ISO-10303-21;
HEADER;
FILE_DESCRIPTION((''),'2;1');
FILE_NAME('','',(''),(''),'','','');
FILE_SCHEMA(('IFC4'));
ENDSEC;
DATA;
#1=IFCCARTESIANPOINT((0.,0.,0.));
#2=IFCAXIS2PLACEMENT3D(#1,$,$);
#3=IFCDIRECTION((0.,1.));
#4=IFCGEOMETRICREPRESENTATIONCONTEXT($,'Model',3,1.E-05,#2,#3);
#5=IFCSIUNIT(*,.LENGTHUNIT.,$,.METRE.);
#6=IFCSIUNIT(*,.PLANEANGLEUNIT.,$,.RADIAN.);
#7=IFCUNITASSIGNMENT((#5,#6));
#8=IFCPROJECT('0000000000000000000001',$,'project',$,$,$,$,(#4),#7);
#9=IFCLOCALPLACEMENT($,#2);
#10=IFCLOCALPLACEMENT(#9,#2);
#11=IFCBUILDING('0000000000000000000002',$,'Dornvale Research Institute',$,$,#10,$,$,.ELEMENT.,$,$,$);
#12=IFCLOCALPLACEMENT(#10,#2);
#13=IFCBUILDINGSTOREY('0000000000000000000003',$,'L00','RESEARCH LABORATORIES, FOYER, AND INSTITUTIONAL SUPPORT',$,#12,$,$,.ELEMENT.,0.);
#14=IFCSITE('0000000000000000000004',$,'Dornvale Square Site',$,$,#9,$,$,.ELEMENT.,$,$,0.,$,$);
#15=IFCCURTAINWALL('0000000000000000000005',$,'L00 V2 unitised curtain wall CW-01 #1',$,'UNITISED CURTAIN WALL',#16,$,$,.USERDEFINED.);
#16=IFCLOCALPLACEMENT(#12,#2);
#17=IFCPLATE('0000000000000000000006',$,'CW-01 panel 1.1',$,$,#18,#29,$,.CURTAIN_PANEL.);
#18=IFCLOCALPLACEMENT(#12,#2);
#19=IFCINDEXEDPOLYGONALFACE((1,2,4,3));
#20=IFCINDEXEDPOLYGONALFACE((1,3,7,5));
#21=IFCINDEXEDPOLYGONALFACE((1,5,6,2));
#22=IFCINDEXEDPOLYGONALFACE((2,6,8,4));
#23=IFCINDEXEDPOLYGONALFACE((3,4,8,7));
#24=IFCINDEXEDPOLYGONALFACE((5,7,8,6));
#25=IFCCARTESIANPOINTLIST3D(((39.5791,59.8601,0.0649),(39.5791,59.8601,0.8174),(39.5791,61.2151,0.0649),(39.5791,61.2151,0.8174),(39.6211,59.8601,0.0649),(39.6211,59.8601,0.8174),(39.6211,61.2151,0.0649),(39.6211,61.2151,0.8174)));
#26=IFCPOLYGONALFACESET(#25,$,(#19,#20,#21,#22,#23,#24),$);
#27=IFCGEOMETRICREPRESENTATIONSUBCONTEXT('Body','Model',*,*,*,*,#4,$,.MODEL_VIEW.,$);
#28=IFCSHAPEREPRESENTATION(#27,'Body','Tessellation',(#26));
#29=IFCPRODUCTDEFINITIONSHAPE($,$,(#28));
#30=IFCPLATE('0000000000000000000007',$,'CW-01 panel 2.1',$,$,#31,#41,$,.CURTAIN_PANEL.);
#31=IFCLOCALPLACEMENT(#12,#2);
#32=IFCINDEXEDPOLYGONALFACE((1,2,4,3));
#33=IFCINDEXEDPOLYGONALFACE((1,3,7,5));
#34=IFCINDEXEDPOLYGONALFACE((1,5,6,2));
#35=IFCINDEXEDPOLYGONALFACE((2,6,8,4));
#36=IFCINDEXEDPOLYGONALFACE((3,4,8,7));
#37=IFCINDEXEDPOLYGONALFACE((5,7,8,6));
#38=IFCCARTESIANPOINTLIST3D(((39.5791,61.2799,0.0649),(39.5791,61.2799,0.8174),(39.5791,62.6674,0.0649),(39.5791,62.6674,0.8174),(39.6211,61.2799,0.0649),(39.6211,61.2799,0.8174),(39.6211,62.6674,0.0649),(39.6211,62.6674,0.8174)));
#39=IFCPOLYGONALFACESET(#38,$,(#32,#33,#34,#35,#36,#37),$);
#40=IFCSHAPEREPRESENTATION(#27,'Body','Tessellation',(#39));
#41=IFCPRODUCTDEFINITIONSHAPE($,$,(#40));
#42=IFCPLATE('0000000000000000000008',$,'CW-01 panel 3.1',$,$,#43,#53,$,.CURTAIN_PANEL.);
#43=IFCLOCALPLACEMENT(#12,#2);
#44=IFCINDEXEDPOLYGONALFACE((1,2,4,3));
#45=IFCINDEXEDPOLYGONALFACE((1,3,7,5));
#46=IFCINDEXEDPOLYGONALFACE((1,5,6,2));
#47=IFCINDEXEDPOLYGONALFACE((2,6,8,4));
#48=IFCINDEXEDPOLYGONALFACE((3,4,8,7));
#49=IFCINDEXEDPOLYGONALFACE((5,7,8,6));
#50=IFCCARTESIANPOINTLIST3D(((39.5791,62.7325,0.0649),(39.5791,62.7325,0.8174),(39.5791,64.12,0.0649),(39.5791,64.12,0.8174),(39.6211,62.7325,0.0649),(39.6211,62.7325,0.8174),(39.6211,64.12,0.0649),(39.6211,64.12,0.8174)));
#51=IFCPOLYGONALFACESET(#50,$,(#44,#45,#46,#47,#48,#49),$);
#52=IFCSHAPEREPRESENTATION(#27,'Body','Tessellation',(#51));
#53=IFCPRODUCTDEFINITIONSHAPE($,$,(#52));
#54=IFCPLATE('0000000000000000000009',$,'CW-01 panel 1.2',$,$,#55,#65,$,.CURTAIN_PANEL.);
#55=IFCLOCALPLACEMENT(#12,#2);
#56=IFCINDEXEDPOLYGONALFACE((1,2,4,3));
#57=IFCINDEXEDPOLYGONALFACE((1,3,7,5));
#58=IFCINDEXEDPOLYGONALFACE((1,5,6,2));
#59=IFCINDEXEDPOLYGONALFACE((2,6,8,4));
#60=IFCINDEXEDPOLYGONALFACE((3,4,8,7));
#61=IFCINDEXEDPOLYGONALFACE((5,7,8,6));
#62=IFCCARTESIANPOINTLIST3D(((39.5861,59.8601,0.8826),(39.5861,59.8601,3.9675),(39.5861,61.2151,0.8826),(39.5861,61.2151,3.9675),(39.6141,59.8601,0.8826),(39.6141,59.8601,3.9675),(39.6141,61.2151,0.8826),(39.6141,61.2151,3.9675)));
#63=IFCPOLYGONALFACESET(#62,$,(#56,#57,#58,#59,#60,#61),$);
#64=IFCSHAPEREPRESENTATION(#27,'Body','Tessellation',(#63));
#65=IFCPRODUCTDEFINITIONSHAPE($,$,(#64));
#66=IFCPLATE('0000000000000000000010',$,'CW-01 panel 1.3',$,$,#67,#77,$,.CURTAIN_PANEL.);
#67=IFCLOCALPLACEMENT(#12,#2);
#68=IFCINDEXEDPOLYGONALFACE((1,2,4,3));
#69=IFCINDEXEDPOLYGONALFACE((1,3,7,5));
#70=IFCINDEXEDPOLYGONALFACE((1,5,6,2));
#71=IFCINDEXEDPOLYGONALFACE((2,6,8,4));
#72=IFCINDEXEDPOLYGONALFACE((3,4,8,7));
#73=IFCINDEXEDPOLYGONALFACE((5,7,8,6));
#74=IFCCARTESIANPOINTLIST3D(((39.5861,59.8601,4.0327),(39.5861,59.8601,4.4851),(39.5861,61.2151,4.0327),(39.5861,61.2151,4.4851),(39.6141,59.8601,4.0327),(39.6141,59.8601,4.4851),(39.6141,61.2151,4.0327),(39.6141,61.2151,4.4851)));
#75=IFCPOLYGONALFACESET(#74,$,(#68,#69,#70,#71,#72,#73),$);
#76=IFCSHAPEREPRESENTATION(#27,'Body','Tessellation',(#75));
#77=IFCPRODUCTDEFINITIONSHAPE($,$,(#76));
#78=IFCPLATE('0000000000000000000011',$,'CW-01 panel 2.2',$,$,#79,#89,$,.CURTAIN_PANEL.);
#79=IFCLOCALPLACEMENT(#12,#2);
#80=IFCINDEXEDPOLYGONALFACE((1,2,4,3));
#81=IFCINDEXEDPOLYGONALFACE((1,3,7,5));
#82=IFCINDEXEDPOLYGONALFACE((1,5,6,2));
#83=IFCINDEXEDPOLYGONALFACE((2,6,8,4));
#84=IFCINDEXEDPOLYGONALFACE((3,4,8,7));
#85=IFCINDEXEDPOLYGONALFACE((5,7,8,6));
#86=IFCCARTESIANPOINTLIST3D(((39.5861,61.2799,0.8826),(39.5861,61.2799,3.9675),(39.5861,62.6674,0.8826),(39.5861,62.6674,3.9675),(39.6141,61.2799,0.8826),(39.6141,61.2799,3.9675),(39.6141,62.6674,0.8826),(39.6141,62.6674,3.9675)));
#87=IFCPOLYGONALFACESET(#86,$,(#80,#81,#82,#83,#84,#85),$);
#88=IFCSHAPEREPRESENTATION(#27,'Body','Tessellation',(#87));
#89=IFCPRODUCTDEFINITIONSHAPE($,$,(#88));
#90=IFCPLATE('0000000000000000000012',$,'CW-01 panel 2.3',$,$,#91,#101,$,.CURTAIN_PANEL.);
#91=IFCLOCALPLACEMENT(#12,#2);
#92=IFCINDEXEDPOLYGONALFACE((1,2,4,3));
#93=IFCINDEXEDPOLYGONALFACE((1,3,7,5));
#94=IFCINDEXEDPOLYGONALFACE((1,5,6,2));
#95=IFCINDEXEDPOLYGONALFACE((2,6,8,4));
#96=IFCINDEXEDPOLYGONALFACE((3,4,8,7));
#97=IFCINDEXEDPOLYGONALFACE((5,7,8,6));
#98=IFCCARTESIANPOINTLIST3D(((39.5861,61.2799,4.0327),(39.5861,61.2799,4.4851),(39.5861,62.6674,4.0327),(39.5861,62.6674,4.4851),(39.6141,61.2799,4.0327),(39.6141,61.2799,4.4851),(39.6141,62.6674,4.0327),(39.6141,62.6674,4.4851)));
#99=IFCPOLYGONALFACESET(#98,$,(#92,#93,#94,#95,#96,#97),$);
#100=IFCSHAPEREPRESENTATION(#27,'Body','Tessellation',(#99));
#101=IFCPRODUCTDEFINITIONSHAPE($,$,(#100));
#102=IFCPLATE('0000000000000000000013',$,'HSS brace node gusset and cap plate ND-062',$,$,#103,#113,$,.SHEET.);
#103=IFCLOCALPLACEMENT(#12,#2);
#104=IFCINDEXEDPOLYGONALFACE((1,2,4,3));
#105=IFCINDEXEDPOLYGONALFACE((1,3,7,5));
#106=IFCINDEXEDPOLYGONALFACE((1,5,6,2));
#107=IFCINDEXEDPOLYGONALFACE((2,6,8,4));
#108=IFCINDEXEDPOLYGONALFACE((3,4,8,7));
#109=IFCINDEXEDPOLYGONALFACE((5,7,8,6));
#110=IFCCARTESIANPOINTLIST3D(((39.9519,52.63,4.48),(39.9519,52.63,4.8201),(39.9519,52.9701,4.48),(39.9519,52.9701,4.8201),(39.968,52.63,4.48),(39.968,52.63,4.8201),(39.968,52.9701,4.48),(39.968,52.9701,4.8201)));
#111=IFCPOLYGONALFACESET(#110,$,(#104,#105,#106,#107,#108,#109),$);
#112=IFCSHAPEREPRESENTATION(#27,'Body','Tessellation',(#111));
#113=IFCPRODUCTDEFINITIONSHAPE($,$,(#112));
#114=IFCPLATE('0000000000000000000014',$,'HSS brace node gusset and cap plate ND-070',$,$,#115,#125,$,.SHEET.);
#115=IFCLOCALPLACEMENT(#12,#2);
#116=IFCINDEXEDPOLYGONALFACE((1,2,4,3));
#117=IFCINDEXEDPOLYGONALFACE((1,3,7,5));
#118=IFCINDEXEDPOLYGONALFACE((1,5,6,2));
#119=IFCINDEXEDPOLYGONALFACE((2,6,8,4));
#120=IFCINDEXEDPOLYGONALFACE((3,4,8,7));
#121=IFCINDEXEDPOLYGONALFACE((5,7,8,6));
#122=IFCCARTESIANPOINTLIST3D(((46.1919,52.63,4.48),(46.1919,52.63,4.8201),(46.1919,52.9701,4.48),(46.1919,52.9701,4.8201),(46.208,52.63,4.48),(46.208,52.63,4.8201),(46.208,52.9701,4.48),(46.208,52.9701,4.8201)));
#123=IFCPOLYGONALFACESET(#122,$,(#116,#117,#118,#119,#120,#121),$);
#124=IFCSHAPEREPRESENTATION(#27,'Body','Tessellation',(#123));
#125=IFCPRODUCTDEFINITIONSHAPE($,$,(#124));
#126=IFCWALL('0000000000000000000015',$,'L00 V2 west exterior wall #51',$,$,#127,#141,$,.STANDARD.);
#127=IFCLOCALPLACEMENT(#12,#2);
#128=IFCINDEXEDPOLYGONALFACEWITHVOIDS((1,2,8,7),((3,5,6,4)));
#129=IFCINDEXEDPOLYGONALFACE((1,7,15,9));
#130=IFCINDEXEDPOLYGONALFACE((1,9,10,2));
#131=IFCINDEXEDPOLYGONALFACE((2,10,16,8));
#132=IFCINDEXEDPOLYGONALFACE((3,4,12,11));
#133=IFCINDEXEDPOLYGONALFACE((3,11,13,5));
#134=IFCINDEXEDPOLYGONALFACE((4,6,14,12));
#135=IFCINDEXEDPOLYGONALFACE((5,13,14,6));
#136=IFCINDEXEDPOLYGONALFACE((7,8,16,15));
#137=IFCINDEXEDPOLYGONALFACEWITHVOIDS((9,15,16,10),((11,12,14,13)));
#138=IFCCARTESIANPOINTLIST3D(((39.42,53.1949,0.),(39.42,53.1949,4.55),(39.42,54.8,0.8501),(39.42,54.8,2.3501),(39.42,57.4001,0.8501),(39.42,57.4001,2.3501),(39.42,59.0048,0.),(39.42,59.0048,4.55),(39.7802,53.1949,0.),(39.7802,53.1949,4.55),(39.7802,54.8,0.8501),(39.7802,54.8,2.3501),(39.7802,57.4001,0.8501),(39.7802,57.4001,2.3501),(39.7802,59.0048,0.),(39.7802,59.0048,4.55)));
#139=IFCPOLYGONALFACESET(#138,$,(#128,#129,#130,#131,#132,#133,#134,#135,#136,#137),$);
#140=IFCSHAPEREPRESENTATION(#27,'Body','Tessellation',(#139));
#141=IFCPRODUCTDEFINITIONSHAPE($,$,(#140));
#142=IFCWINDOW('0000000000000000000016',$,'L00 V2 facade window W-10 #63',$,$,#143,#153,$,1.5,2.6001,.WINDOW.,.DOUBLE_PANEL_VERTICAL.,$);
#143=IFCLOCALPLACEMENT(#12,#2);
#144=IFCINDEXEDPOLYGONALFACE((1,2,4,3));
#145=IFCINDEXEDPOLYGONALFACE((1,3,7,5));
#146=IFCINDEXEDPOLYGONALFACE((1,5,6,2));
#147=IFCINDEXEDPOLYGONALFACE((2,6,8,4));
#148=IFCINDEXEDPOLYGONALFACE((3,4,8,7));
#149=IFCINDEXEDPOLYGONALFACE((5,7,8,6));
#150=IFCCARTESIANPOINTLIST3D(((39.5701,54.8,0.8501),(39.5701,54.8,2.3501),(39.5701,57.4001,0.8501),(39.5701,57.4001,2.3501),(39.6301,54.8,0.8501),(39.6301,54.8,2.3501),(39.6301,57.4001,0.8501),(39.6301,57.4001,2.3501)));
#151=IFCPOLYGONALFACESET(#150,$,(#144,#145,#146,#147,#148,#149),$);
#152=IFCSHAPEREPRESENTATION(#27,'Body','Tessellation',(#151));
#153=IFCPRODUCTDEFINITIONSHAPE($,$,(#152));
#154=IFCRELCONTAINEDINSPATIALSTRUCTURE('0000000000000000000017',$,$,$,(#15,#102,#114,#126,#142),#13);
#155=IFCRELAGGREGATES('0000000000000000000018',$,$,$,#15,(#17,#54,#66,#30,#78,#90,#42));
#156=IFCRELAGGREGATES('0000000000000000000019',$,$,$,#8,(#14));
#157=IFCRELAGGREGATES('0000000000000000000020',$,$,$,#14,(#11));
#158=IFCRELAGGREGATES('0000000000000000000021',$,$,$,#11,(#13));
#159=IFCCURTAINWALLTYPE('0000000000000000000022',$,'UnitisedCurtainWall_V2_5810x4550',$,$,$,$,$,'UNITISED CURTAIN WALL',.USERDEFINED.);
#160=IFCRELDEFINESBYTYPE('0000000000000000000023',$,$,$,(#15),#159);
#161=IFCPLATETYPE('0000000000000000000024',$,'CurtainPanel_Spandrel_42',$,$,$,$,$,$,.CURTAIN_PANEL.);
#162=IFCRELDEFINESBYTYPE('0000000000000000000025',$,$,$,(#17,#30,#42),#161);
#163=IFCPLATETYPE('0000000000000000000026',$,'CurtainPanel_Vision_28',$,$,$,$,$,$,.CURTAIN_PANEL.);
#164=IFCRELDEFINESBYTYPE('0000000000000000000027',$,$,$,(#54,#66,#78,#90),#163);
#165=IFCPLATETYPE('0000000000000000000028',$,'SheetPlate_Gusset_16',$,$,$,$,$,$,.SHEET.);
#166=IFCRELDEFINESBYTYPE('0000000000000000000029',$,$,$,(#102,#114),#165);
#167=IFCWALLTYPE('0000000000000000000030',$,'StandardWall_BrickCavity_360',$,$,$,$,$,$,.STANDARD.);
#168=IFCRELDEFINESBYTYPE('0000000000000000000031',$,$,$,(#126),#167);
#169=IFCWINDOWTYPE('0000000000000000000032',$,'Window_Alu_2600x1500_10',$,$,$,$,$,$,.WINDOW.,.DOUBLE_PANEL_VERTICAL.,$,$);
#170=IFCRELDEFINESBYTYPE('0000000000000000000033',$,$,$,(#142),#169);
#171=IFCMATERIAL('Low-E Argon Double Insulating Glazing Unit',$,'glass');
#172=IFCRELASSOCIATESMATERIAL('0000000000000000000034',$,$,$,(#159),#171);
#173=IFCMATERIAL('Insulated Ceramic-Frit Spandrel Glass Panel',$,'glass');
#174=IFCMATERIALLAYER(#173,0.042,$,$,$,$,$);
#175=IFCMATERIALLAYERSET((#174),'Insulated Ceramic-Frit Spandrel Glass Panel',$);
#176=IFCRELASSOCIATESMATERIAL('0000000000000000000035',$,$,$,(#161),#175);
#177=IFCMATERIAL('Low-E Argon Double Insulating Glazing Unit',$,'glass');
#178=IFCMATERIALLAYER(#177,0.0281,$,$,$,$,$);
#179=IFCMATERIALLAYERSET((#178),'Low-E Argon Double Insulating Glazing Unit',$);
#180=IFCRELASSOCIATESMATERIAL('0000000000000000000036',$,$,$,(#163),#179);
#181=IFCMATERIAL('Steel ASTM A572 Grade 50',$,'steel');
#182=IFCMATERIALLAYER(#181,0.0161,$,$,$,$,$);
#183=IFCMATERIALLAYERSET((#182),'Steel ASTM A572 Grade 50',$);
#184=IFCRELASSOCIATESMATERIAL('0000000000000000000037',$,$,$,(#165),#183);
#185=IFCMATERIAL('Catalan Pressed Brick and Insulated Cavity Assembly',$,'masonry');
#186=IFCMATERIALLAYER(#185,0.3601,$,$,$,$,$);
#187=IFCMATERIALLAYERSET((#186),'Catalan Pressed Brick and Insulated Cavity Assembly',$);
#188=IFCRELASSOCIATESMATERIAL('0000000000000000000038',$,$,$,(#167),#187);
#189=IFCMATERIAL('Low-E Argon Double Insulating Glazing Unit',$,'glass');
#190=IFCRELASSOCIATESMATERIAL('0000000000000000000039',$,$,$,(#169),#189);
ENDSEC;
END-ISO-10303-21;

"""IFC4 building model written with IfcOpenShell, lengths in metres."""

from ifc_helpers import new_model, si_unit, direction, frame, frame_2d, origin, origin_2d, place, context, subcontext, project, spatial, rectangle, extrude, material, layer, layer_set, type_object, element, fill, aggregate, save


model = new_model("IFC4")

# Units and contexts
model_context = context("Model", 3, precision=1e-05, world=origin(), true_north=direction((0.0, 1.0)))
body_context = subcontext(model_context, "Body", "Model", "MODEL_VIEW")
ifc_project = project(units=[si_unit("LENGTHUNIT", "METRE"), si_unit("PLANEANGLEUNIT", "RADIAN")], contexts=[model_context])

# Site, building, storey
site_placement = place(None, origin())
site = spatial("IfcSite", under=ifc_project, at=site_placement, Name="Dornvale Square Site", CompositionType="ELEMENT", RefElevation=0.0)
building_placement = place(site_placement, origin())
building = spatial("IfcBuilding", under=site, at=building_placement, Name="Dornvale Research Institute", CompositionType="ELEMENT")
storey_placement = place(building_placement, origin())
storey = spatial("IfcBuildingStorey", under=building, at=storey_placement, Name="L00", Description="RESEARCH LABORATORIES, FOYER, AND INSTITUTIONAL SUPPORT", CompositionType="ELEMENT", Elevation=0.0)

# Curtain wall, plates
ifc_material_1 = material(Name="Low-E Argon Double Insulating Glazing Unit", Category="glass")
curtain_wall_type = type_object("IfcCurtainWallType", Name="UnitisedCurtainWall_V2_5810x4550", ElementType="UNITISED CURTAIN WALL", PredefinedType="USERDEFINED", material=ifc_material_1)
curtain_wall_placement = place(storey_placement, origin())
curtain_wall = element("IfcCurtainWall", 1, at=curtain_wall_placement, inside=storey, type_object=curtain_wall_type, Name="L00 V2 unitised curtain wall CW-01 #1", ObjectType="UNITISED CURTAIN WALL", PredefinedType="USERDEFINED")
ifc_material_2 = material(Name="Insulated Ceramic-Frit Spandrel Glass Panel", Category="glass")
ifc_layer_1 = layer(ifc_material_2, 0.042)
ifc_layer_set_1 = layer_set([ifc_layer_1], Name="Insulated Ceramic-Frit Spandrel Glass Panel")
plate_type_1 = type_object("IfcPlateType", Name="CurtainPanel_Spandrel_42", PredefinedType="CURTAIN_PANEL", material=ifc_layer_set_1)
plate_1_placement = place(storey_placement, frame((39.6001, 60.5376, 0.0649), z_axis=(0.0, 0.0, 1.0), x_axis=(0.0, 1.0, 0.0)))
plate_1 = element("IfcPlate", 2, at=plate_1_placement, type_object=plate_type_1, Name="CW-01 panel 1.1", PredefinedType="CURTAIN_PANEL", context=body_context, shape_type="SweptSolid", body=[
    extrude(rectangle(XDim=1.355, YDim=0.042, at=origin_2d()), origin(), (0.0, 0.0, 1.0), 0.7524),
])
plate_2_placement = place(storey_placement, frame((39.6001, 61.9736, 0.0649), z_axis=(0.0, 0.0, 1.0), x_axis=(0.0, 1.0, 0.0)))
plate_2 = element("IfcPlate", 3, at=plate_2_placement, type_object=plate_type_1, Name="CW-01 panel 2.1", PredefinedType="CURTAIN_PANEL", context=body_context, shape_type="SweptSolid", body=[
    extrude(rectangle(XDim=1.3875, YDim=0.042, at=origin_2d()), origin(), (0.0, 0.0, 1.0), 0.7524),
])
plate_3_placement = place(storey_placement, frame((39.6001, 63.4263, 0.0649), z_axis=(0.0, 0.0, 1.0), x_axis=(0.0, 1.0, 0.0)))
plate_3 = element("IfcPlate", 4, at=plate_3_placement, type_object=plate_type_1, Name="CW-01 panel 3.1", PredefinedType="CURTAIN_PANEL", context=body_context, shape_type="SweptSolid", body=[
    extrude(rectangle(XDim=1.3875, YDim=0.042, at=origin_2d()), origin(), (0.0, 0.0, 1.0), 0.7524),
])
ifc_material_3 = material(Name="Low-E Argon Double Insulating Glazing Unit", Category="glass")
ifc_layer_2 = layer(ifc_material_3, 0.0281)
ifc_layer_set_2 = layer_set([ifc_layer_2], Name="Low-E Argon Double Insulating Glazing Unit")
plate_type_2 = type_object("IfcPlateType", Name="CurtainPanel_Vision_28", PredefinedType="CURTAIN_PANEL", material=ifc_layer_set_2)
plate_4_placement = place(storey_placement, frame((39.6001, 60.5376, 0.8826), z_axis=(0.0, 0.0, 1.0), x_axis=(0.0, 1.0, 0.0)))
plate_4 = element("IfcPlate", 5, at=plate_4_placement, type_object=plate_type_2, Name="CW-01 panel 1.2", PredefinedType="CURTAIN_PANEL", context=body_context, shape_type="SweptSolid", body=[
    extrude(rectangle(XDim=1.355, YDim=0.0281, at=origin_2d()), origin(), (0.0, 0.0, 1.0), 3.085),
])
plate_5_placement = place(storey_placement, frame((39.6001, 60.5376, 4.0327), z_axis=(0.0, 0.0, 1.0), x_axis=(0.0, 1.0, 0.0)))
plate_5 = element("IfcPlate", 6, at=plate_5_placement, type_object=plate_type_2, Name="CW-01 panel 1.3", PredefinedType="CURTAIN_PANEL", context=body_context, shape_type="SweptSolid", body=[
    extrude(rectangle(XDim=1.355, YDim=0.0281, at=origin_2d()), origin(), (0.0, 0.0, 1.0), 0.4524),
])
plate_6_placement = place(storey_placement, frame((39.6001, 61.9736, 0.8826), z_axis=(0.0, 0.0, 1.0), x_axis=(0.0, 1.0, 0.0)))
plate_6 = element("IfcPlate", 7, at=plate_6_placement, type_object=plate_type_2, Name="CW-01 panel 2.2", PredefinedType="CURTAIN_PANEL", context=body_context, shape_type="SweptSolid", body=[
    extrude(rectangle(XDim=1.3875, YDim=0.0281, at=origin_2d()), origin(), (0.0, 0.0, 1.0), 3.085),
])
plate_7_placement = place(storey_placement, frame((39.6001, 61.9736, 4.0327), z_axis=(0.0, 0.0, 1.0), x_axis=(0.0, 1.0, 0.0)))
plate_7 = element("IfcPlate", 8, at=plate_7_placement, type_object=plate_type_2, Name="CW-01 panel 2.3", PredefinedType="CURTAIN_PANEL", context=body_context, shape_type="SweptSolid", body=[
    extrude(rectangle(XDim=1.3875, YDim=0.0281, at=origin_2d()), origin(), (0.0, 0.0, 1.0), 0.4524),
])
aggregate(curtain_wall, [plate_1, plate_4, plate_5, plate_2, plate_6, plate_7, plate_3])

# Plates
ifc_material_4 = material(Name="Steel ASTM A572 Grade 50", Category="steel")
ifc_layer_3 = layer(ifc_material_4, 0.0161)
ifc_layer_set_3 = layer_set([ifc_layer_3], Name="Steel ASTM A572 Grade 50")
plate_type_3 = type_object("IfcPlateType", Name="SheetPlate_Gusset_16", PredefinedType="SHEET", material=ifc_layer_set_3)
for number, where, z_axis, x_axis, name in (
    (9, (39.96, 52.8, 4.48), (0.0, 0.0, 1.0), (0.0, 1.0, 0.0), "HSS brace node gusset and cap plate ND-062"),
    (10, (46.2, 52.8, 4.48), (0.0, 0.0, 1.0), (0.0, 1.0, 0.0), "HSS brace node gusset and cap plate ND-070"),
):
    element("IfcPlate", number, at=place(storey_placement, frame(where, z_axis=z_axis, x_axis=x_axis)), inside=storey, type_object=plate_type_3, Name=name, PredefinedType="SHEET", context=body_context, shape_type="SweptSolid", body=[
        extrude(rectangle(XDim=0.3401, YDim=0.0161, at=origin_2d()), origin(), (0.0, 0.0, 1.0), 0.3401),
    ])

# Wall, opening, window
ifc_material_5 = material(Name="Catalan Pressed Brick and Insulated Cavity Assembly", Category="masonry")
ifc_layer_4 = layer(ifc_material_5, 0.3601)
ifc_layer_set_4 = layer_set([ifc_layer_4], Name="Catalan Pressed Brick and Insulated Cavity Assembly")
wall_type = type_object("IfcWallType", Name="StandardWall_BrickCavity_360", PredefinedType="STANDARD", material=ifc_layer_set_4)
wall_placement = place(storey_placement, frame((39.6001, 53.1951, 0.0), z_axis=(0.0, 0.0, 1.0), x_axis=(0.0, 1.0, 0.0)))
wall = element("IfcWall", 11, at=wall_placement, inside=storey, type_object=wall_type, Name="L00 V2 west exterior wall #51", PredefinedType="STANDARD", context=body_context, shape_type="SweptSolid", body=[
    extrude(rectangle(XDim=5.8098, YDim=0.3601, at=frame_2d((2.9048, 0.0))), origin(), (0.0, 0.0, 1.0), 4.55),
])
opening_placement = place(wall_placement, frame((1.605, 0.0, 0.8501)))
opening = element("IfcOpeningElement", 12, at=opening_placement, cuts=wall, PredefinedType="OPENING", context=body_context, shape_type="SweptSolid", body=[
    extrude(rectangle(XDim=2.6001, YDim=1.5, at=frame_2d((1.3, 0.75))), frame((0.0, 0.1951, 0.0), z_axis=(0.0, -1.0, 0.0), x_axis=(1.0, 0.0, 0.0)), (0.0, 0.0, 1.0), 0.3901),
])
ifc_material_6 = material(Name="Low-E Argon Double Insulating Glazing Unit", Category="glass")
window_type = type_object("IfcWindowType", Name="Window_Alu_2600x1500_10", PartitioningType="DOUBLE_PANEL_VERTICAL", PredefinedType="WINDOW", material=ifc_material_6)
window_placement = place(opening_placement, origin())
window = element("IfcWindow", 13, at=window_placement, inside=storey, type_object=window_type, Name="L00 V2 facade window W-10 #63", OverallHeight=1.5, OverallWidth=2.6001, PartitioningType="DOUBLE_PANEL_VERTICAL", PredefinedType="WINDOW", context=body_context, shape_type="SweptSolid", body=[
    extrude(rectangle(XDim=2.6001, YDim=1.5, at=frame_2d((1.3, 0.75))), frame((0.0, 0.03, 0.0), z_axis=(0.0, -1.0, 0.0), x_axis=(1.0, 0.0, 0.0)), (0.0, 0.0, 1.0), 0.0601),
])
fill(opening, window)

save(model, "model.ifc")
